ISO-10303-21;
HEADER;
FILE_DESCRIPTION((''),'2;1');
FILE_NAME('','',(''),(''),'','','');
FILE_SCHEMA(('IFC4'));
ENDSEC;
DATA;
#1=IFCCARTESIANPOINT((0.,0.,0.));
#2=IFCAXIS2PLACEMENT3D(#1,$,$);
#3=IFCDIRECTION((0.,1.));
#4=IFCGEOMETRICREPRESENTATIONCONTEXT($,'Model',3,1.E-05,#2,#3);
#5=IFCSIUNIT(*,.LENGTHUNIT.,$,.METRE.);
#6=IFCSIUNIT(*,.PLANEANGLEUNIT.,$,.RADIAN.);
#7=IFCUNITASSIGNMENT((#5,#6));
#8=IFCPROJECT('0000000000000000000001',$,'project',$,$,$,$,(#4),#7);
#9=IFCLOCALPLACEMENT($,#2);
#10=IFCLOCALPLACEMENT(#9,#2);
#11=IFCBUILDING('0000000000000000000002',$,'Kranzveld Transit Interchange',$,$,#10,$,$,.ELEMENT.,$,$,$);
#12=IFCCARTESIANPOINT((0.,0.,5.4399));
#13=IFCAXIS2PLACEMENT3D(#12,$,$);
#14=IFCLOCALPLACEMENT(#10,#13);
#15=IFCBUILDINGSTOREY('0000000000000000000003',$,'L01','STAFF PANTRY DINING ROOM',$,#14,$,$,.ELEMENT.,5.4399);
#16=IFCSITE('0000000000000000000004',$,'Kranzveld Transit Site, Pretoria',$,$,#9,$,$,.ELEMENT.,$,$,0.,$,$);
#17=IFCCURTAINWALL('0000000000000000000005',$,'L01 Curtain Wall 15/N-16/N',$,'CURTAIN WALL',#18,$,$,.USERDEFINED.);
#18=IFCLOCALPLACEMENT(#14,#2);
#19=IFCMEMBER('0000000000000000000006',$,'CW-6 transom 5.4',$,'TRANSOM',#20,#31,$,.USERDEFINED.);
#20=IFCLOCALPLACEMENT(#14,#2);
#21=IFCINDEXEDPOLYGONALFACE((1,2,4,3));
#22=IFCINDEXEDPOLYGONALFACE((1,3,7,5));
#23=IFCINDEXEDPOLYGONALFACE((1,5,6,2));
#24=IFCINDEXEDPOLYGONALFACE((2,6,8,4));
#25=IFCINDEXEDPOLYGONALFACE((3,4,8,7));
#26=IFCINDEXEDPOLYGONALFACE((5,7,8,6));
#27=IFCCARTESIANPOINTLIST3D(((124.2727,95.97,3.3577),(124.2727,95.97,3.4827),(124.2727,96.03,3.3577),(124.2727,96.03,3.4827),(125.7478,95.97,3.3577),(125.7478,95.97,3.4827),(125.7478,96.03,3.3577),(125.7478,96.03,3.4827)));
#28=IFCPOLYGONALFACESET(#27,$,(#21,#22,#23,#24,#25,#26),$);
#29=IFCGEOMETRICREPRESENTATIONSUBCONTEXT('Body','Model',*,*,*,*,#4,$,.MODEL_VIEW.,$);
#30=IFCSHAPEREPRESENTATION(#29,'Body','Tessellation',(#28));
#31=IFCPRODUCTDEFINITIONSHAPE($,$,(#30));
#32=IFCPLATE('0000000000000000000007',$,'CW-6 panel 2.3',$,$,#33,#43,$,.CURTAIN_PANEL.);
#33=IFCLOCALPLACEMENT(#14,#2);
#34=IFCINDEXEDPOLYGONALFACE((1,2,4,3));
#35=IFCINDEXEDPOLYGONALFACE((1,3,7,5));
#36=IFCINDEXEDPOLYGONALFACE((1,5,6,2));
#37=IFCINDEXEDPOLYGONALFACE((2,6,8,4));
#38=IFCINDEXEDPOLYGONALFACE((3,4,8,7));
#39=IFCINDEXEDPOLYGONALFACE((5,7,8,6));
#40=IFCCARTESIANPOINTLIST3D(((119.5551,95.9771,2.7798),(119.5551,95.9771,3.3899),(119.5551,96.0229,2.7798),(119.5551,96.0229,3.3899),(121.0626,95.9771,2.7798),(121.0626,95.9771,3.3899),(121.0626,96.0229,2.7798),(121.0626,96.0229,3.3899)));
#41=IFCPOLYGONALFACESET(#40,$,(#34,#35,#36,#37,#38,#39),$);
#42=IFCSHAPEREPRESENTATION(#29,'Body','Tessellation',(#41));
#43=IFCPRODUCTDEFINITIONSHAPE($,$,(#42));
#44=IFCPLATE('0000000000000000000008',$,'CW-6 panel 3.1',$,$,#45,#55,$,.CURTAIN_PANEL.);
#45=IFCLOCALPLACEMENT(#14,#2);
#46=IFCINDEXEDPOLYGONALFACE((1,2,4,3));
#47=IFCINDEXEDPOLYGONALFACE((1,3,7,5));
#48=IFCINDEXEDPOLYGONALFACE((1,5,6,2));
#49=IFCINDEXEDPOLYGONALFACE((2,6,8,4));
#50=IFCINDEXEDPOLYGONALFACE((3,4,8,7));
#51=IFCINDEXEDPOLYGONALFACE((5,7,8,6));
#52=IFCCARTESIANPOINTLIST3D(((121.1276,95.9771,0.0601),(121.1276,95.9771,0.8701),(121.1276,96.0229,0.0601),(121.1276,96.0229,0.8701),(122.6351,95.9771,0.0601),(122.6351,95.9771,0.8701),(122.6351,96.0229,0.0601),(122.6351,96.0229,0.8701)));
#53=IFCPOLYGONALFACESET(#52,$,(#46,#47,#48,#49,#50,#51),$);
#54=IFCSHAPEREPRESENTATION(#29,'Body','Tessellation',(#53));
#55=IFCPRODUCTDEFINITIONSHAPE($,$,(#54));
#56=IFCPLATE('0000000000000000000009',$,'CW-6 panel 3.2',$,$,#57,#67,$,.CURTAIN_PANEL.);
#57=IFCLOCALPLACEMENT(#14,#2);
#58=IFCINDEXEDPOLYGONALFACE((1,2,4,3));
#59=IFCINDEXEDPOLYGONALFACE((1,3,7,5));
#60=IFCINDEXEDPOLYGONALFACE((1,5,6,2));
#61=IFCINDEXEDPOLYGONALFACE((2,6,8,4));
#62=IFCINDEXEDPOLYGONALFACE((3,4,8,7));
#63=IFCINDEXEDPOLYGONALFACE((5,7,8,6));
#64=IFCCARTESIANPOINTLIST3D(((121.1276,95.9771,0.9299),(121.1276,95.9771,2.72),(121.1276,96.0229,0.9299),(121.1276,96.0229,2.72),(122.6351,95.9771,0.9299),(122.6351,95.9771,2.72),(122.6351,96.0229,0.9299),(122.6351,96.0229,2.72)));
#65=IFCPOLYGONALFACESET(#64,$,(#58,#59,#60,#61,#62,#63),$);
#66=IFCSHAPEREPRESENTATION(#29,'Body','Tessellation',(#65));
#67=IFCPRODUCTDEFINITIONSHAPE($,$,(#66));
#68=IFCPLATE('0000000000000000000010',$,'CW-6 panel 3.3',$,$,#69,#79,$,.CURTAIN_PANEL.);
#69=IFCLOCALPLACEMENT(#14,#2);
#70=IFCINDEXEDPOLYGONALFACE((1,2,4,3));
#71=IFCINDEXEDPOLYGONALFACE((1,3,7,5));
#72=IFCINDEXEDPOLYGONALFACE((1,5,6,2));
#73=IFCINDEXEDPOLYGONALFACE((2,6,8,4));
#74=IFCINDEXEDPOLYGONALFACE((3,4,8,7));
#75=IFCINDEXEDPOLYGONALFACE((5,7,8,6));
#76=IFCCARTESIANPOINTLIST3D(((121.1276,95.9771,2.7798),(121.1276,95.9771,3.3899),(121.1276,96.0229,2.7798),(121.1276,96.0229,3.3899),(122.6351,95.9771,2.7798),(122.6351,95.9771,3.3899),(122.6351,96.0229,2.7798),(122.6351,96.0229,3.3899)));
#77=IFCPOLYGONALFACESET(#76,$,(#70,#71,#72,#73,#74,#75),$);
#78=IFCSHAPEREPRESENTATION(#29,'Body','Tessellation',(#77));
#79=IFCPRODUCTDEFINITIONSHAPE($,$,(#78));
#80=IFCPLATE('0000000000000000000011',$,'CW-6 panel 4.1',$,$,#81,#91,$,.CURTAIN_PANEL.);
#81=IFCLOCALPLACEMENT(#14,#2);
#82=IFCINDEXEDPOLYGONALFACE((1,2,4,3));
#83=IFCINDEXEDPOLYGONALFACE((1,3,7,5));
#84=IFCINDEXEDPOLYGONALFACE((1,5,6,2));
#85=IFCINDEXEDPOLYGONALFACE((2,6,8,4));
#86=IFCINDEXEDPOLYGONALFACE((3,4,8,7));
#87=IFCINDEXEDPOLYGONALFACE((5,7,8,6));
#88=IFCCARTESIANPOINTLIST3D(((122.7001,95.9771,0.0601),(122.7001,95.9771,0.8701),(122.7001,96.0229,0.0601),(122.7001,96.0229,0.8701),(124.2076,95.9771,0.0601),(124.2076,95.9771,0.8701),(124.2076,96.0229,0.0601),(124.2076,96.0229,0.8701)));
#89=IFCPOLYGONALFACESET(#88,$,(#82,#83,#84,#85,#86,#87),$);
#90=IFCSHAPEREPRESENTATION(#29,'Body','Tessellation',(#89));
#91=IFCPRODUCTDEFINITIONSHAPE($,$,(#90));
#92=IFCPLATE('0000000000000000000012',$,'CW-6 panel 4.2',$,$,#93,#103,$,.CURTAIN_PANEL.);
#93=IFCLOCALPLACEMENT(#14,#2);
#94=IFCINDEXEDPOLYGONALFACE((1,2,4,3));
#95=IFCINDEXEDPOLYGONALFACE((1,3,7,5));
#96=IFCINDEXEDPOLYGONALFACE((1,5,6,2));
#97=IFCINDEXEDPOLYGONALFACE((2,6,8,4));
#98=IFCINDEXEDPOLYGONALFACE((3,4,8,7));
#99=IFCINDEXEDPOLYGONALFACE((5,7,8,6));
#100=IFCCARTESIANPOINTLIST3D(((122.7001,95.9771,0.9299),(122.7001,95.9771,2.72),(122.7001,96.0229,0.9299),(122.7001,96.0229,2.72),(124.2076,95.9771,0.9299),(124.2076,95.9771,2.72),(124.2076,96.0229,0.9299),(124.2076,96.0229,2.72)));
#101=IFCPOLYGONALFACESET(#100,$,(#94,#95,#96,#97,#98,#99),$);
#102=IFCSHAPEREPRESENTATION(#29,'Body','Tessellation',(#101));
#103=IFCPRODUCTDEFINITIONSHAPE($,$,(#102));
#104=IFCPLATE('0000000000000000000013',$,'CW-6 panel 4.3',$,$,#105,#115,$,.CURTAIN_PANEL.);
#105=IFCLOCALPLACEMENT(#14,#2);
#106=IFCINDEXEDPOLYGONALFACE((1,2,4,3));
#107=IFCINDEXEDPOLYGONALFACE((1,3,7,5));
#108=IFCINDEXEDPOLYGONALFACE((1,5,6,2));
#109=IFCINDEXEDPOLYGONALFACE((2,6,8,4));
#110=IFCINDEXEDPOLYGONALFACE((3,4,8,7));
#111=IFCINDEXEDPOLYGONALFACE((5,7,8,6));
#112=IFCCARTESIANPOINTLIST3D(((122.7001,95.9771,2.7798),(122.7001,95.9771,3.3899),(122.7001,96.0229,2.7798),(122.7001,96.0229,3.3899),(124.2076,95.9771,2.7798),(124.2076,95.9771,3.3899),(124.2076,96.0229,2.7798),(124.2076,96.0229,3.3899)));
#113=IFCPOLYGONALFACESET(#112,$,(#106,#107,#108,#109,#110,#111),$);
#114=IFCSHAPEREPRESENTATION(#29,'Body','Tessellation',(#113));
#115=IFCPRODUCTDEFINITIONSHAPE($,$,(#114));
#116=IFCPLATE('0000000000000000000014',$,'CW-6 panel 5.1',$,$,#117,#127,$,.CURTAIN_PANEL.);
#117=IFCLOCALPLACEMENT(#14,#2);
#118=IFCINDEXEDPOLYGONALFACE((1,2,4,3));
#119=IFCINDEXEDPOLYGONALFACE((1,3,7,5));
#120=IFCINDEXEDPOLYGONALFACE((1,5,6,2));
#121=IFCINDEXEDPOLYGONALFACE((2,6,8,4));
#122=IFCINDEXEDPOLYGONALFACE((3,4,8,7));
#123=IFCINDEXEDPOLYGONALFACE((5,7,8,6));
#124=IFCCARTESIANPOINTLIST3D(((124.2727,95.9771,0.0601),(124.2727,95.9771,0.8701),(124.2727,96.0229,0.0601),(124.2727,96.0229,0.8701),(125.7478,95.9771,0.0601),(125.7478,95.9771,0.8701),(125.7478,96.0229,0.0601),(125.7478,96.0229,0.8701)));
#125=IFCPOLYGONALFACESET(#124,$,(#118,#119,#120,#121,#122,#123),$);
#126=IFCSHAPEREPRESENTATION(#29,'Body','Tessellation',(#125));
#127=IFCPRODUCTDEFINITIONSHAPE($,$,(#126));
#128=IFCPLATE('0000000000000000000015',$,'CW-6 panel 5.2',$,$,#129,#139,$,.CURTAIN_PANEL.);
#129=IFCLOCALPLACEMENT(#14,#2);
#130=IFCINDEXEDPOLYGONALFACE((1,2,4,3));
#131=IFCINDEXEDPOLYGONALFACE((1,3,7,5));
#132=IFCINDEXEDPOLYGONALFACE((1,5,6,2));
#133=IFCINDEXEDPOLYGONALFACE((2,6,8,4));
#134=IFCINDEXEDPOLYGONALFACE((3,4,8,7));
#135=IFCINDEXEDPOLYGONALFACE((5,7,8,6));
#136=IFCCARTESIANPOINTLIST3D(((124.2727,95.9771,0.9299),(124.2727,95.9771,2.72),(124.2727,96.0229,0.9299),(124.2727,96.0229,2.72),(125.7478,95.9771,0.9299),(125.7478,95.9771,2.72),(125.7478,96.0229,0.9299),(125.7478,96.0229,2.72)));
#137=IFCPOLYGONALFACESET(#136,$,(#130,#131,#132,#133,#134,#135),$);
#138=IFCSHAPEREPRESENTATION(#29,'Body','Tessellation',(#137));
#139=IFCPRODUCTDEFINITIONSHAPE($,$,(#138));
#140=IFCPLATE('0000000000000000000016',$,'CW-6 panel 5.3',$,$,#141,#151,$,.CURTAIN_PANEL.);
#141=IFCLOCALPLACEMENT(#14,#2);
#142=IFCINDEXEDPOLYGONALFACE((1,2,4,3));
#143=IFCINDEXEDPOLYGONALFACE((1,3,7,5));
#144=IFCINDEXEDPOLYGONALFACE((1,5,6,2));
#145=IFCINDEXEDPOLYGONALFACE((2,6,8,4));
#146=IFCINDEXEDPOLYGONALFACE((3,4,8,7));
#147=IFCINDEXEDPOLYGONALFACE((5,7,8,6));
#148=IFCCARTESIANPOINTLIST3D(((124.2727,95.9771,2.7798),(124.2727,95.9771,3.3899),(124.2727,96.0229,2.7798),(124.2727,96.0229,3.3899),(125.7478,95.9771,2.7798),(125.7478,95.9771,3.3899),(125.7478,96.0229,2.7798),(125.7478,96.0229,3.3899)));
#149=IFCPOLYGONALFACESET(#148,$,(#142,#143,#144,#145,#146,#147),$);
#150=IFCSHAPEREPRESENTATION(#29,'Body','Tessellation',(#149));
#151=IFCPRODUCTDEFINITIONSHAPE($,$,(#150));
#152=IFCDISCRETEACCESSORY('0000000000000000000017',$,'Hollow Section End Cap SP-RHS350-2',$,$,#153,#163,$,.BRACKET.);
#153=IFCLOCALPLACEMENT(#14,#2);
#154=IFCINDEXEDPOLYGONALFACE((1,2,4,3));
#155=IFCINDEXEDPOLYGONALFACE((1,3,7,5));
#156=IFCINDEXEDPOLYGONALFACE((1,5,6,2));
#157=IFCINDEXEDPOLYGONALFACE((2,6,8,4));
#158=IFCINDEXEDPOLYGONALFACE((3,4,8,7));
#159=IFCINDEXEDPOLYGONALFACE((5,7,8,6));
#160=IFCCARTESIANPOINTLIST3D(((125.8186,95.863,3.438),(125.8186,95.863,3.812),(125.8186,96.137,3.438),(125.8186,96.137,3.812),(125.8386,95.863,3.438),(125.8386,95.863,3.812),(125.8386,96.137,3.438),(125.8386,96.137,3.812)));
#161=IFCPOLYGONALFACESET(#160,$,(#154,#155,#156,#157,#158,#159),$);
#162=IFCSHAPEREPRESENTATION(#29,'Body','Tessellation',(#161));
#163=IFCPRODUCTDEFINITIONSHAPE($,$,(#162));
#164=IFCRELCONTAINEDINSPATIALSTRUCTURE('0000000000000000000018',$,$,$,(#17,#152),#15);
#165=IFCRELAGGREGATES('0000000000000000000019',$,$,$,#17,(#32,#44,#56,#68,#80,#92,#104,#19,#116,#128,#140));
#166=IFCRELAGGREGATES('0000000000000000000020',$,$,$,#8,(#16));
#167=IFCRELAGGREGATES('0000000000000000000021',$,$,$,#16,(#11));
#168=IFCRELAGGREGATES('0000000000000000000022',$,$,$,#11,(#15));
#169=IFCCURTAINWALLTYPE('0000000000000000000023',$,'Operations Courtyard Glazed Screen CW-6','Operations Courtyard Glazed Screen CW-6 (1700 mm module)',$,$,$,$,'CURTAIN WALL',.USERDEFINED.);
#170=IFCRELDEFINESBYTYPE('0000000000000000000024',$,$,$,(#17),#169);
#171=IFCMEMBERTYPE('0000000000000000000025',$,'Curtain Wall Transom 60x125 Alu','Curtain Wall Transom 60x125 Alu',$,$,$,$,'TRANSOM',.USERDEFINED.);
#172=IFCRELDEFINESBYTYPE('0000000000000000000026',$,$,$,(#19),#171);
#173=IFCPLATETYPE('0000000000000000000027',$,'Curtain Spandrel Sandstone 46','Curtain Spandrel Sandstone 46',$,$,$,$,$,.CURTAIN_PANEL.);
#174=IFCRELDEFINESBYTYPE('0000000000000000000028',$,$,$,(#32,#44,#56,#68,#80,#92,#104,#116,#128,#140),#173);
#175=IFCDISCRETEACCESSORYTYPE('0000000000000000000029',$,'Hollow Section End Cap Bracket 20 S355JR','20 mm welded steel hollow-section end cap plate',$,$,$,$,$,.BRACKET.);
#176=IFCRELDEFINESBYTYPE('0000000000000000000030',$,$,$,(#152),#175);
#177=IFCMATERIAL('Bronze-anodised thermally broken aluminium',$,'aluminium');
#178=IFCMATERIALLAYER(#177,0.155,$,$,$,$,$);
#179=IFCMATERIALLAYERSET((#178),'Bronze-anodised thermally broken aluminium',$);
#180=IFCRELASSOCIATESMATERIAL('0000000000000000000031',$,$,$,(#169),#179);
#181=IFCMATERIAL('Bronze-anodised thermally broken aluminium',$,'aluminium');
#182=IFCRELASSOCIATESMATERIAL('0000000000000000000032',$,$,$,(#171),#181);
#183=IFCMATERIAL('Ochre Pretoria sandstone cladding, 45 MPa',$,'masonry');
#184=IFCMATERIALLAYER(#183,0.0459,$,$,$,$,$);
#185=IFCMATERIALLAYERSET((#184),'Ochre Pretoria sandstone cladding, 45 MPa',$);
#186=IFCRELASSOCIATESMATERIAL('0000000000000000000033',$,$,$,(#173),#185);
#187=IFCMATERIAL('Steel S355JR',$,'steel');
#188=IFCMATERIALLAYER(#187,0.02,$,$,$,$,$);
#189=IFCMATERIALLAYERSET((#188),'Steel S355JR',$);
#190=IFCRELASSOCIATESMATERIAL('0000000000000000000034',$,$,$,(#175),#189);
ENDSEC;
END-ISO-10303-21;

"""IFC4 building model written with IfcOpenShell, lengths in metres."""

from ifc_helpers import new_model, si_unit, direction, frame, origin, origin_2d, place, context, subcontext, project, spatial, rectangle, extrude, material, layer, layer_set, material_profile, profile_set, type_object, element, aggregate, save


model = new_model("IFC4")

# Units and contexts
model_context = context("Model", 3, precision=1e-05, world=origin(), true_north=direction((0.0, 1.0)))
body_context = subcontext(model_context, "Body", "Model", "MODEL_VIEW")
ifc_project = project(units=[si_unit("LENGTHUNIT", "METRE"), si_unit("PLANEANGLEUNIT", "RADIAN")], contexts=[model_context])

# Site, building, storey
site_placement = place(None, origin())
site = spatial("IfcSite", under=ifc_project, at=site_placement, Name="Kranzveld Transit Site, Pretoria", CompositionType="ELEMENT", RefElevation=0.0)
building_placement = place(site_placement, origin())
building = spatial("IfcBuilding", under=site, at=building_placement, Name="Kranzveld Transit Interchange", CompositionType="ELEMENT")
storey_placement = place(building_placement, frame((0.0, 0.0, 5.4399)))
storey = spatial("IfcBuildingStorey", under=building, at=storey_placement, Name="L01", Description="STAFF PANTRY DINING ROOM", CompositionType="ELEMENT", Elevation=5.4399)

# Curtain wall, member, plates
ifc_material_1 = material(Name="Bronze-anodised thermally broken aluminium", Category="aluminium")
ifc_layer_1 = layer(ifc_material_1, 0.155)
ifc_layer_set_1 = layer_set([ifc_layer_1], Name="Bronze-anodised thermally broken aluminium")
curtain_wall_type = type_object("IfcCurtainWallType", Name="Operations Courtyard Glazed Screen CW-6", Description="Operations Courtyard Glazed Screen CW-6 (1700 mm module)", ElementType="CURTAIN WALL", PredefinedType="USERDEFINED", material=ifc_layer_set_1)
curtain_wall_placement = place(storey_placement, origin())
curtain_wall = element("IfcCurtainWall", 1, at=curtain_wall_placement, inside=storey, type_object=curtain_wall_type, Name="L01 Curtain Wall 15/N-16/N", ObjectType="CURTAIN WALL", PredefinedType="USERDEFINED")
ifc_material_2 = material(Name="Bronze-anodised thermally broken aluminium", Category="aluminium")
ifc_material_profile_1 = material_profile(ifc_material_2, rectangle(XDim=0.0601, YDim=0.125, at=origin_2d()), Name="ALU TRANSOM 60x125")
ifc_profile_set_1 = profile_set([ifc_material_profile_1], Name="Bronze-anodised thermally broken aluminium")
member_type_1 = type_object("IfcMemberType", Name="Curtain Wall Transom 60x125 Alu", Description="Curtain Wall Transom 60x125 Alu", ElementType="TRANSOM", PredefinedType="USERDEFINED", material=ifc_profile_set_1)
member_1_placement = place(storey_placement, frame((124.2727, 96.0, 3.4202), z_axis=(1.0, 0.0, 0.0), x_axis=(0.0, 1.0, 0.0)))
member_1 = element("IfcMember", 2, at=member_1_placement, type_object=member_type_1, Name="CW-6 transom 5.4", ObjectType="TRANSOM", PredefinedType="USERDEFINED", context=body_context, shape_type="SweptSolid", body=[
    extrude(rectangle(XDim=0.0601, YDim=0.125, at=origin_2d()), origin(), (0.0, 0.0, 1.0), 1.4751),
])
ifc_material_3 = material(Name="Ochre Pretoria sandstone cladding, 45 MPa", Category="masonry")
ifc_layer_2 = layer(ifc_material_3, 0.0459)
ifc_layer_set_2 = layer_set([ifc_layer_2], Name="Ochre Pretoria sandstone cladding, 45 MPa")
plate_type = type_object("IfcPlateType", Name="Curtain Spandrel Sandstone 46", Description="Curtain Spandrel Sandstone 46", PredefinedType="CURTAIN_PANEL", material=ifc_layer_set_2)
plate_1_placement = place(storey_placement, frame((120.3088, 96.0, 2.7798), z_axis=(0.0, 0.0, 1.0), x_axis=(1.0, 0.0, 0.0)))
plate_1 = element("IfcPlate", 3, at=plate_1_placement, type_object=plate_type, Name="CW-6 panel 2.3", PredefinedType="CURTAIN_PANEL", context=body_context, shape_type="SweptSolid", body=[
    extrude(rectangle(XDim=1.5076, YDim=0.0459, at=origin_2d()), origin(), (0.0, 0.0, 1.0), 0.6101),
])
plate_2_placement = place(storey_placement, frame((121.8813, 96.0, 0.0601), z_axis=(0.0, 0.0, 1.0), x_axis=(1.0, 0.0, 0.0)))
plate_2 = element("IfcPlate", 4, at=plate_2_placement, type_object=plate_type, Name="CW-6 panel 3.1", PredefinedType="CURTAIN_PANEL", context=body_context, shape_type="SweptSolid", body=[
    extrude(rectangle(XDim=1.5076, YDim=0.0459, at=origin_2d()), origin(), (0.0, 0.0, 1.0), 0.8101),
])
plate_3_placement = place(storey_placement, frame((121.8813, 96.0, 0.9299), z_axis=(0.0, 0.0, 1.0), x_axis=(1.0, 0.0, 0.0)))
plate_3 = element("IfcPlate", 5, at=plate_3_placement, type_object=plate_type, Name="CW-6 panel 3.2", PredefinedType="CURTAIN_PANEL", context=body_context, shape_type="SweptSolid", body=[
    extrude(rectangle(XDim=1.5076, YDim=0.0459, at=origin_2d()), origin(), (0.0, 0.0, 1.0), 1.79),
])
plate_4_placement = place(storey_placement, frame((121.8813, 96.0, 2.7798), z_axis=(0.0, 0.0, 1.0), x_axis=(1.0, 0.0, 0.0)))
plate_4 = element("IfcPlate", 6, at=plate_4_placement, type_object=plate_type, Name="CW-6 panel 3.3", PredefinedType="CURTAIN_PANEL", context=body_context, shape_type="SweptSolid", body=[
    extrude(rectangle(XDim=1.5076, YDim=0.0459, at=origin_2d()), origin(), (0.0, 0.0, 1.0), 0.6101),
])
plate_5_placement = place(storey_placement, frame((123.4539, 96.0, 0.0601), z_axis=(0.0, 0.0, 1.0), x_axis=(1.0, 0.0, 0.0)))
plate_5 = element("IfcPlate", 7, at=plate_5_placement, type_object=plate_type, Name="CW-6 panel 4.1", PredefinedType="CURTAIN_PANEL", context=body_context, shape_type="SweptSolid", body=[
    extrude(rectangle(XDim=1.5076, YDim=0.0459, at=origin_2d()), origin(), (0.0, 0.0, 1.0), 0.8101),
])
plate_6_placement = place(storey_placement, frame((123.4539, 96.0, 0.9299), z_axis=(0.0, 0.0, 1.0), x_axis=(1.0, 0.0, 0.0)))
plate_6 = element("IfcPlate", 8, at=plate_6_placement, type_object=plate_type, Name="CW-6 panel 4.2", PredefinedType="CURTAIN_PANEL", context=body_context, shape_type="SweptSolid", body=[
    extrude(rectangle(XDim=1.5076, YDim=0.0459, at=origin_2d()), origin(), (0.0, 0.0, 1.0), 1.79),
])
plate_7_placement = place(storey_placement, frame((123.4539, 96.0, 2.7798), z_axis=(0.0, 0.0, 1.0), x_axis=(1.0, 0.0, 0.0)))
plate_7 = element("IfcPlate", 9, at=plate_7_placement, type_object=plate_type, Name="CW-6 panel 4.3", PredefinedType="CURTAIN_PANEL", context=body_context, shape_type="SweptSolid", body=[
    extrude(rectangle(XDim=1.5076, YDim=0.0459, at=origin_2d()), origin(), (0.0, 0.0, 1.0), 0.6101),
])
plate_8_placement = place(storey_placement, frame((125.0103, 96.0, 0.0601), z_axis=(0.0, 0.0, 1.0), x_axis=(1.0, 0.0, 0.0)))
plate_8 = element("IfcPlate", 10, at=plate_8_placement, type_object=plate_type, Name="CW-6 panel 5.1", PredefinedType="CURTAIN_PANEL", context=body_context, shape_type="SweptSolid", body=[
    extrude(rectangle(XDim=1.4751, YDim=0.0459, at=origin_2d()), origin(), (0.0, 0.0, 1.0), 0.8101),
])
plate_9_placement = place(storey_placement, frame((125.0103, 96.0, 0.9299), z_axis=(0.0, 0.0, 1.0), x_axis=(1.0, 0.0, 0.0)))
plate_9 = element("IfcPlate", 11, at=plate_9_placement, type_object=plate_type, Name="CW-6 panel 5.2", PredefinedType="CURTAIN_PANEL", context=body_context, shape_type="SweptSolid", body=[
    extrude(rectangle(XDim=1.4751, YDim=0.0459, at=origin_2d()), origin(), (0.0, 0.0, 1.0), 1.79),
])
plate_10_placement = place(storey_placement, frame((125.0103, 96.0, 2.7798), z_axis=(0.0, 0.0, 1.0), x_axis=(1.0, 0.0, 0.0)))
plate_10 = element("IfcPlate", 12, at=plate_10_placement, type_object=plate_type, Name="CW-6 panel 5.3", PredefinedType="CURTAIN_PANEL", context=body_context, shape_type="SweptSolid", body=[
    extrude(rectangle(XDim=1.4751, YDim=0.0459, at=origin_2d()), origin(), (0.0, 0.0, 1.0), 0.6101),
])
aggregate(curtain_wall, [plate_1, plate_2, plate_3, plate_4, plate_5, plate_6, plate_7, member_1, plate_8, plate_9, plate_10])

# Discrete accessory
ifc_material_4 = material(Name="Steel S355JR", Category="steel")
ifc_layer_3 = layer(ifc_material_4, 0.02)
ifc_layer_set_3 = layer_set([ifc_layer_3], Name="Steel S355JR")
discrete_accessory_type = type_object("IfcDiscreteAccessoryType", Name="Hollow Section End Cap Bracket 20 S355JR", Description="20 mm welded steel hollow-section end cap plate", PredefinedType="BRACKET", material=ifc_layer_set_3)
discrete_accessory_placement = place(storey_placement, frame((125.8186, 96.0, 3.625), z_axis=(1.0, 0.0, 0.0), x_axis=(0.0, 1.0, 0.0)))
element("IfcDiscreteAccessory", 13, at=discrete_accessory_placement, inside=storey, type_object=discrete_accessory_type, Name="Hollow Section End Cap SP-RHS350-2", PredefinedType="BRACKET", context=body_context, shape_type="SweptSolid", body=[
    extrude(rectangle(XDim=0.2739, YDim=0.374, at=origin_2d()), origin(), (0.0, 0.0, 1.0), 0.02),
])

save(model, "model.ifc")
